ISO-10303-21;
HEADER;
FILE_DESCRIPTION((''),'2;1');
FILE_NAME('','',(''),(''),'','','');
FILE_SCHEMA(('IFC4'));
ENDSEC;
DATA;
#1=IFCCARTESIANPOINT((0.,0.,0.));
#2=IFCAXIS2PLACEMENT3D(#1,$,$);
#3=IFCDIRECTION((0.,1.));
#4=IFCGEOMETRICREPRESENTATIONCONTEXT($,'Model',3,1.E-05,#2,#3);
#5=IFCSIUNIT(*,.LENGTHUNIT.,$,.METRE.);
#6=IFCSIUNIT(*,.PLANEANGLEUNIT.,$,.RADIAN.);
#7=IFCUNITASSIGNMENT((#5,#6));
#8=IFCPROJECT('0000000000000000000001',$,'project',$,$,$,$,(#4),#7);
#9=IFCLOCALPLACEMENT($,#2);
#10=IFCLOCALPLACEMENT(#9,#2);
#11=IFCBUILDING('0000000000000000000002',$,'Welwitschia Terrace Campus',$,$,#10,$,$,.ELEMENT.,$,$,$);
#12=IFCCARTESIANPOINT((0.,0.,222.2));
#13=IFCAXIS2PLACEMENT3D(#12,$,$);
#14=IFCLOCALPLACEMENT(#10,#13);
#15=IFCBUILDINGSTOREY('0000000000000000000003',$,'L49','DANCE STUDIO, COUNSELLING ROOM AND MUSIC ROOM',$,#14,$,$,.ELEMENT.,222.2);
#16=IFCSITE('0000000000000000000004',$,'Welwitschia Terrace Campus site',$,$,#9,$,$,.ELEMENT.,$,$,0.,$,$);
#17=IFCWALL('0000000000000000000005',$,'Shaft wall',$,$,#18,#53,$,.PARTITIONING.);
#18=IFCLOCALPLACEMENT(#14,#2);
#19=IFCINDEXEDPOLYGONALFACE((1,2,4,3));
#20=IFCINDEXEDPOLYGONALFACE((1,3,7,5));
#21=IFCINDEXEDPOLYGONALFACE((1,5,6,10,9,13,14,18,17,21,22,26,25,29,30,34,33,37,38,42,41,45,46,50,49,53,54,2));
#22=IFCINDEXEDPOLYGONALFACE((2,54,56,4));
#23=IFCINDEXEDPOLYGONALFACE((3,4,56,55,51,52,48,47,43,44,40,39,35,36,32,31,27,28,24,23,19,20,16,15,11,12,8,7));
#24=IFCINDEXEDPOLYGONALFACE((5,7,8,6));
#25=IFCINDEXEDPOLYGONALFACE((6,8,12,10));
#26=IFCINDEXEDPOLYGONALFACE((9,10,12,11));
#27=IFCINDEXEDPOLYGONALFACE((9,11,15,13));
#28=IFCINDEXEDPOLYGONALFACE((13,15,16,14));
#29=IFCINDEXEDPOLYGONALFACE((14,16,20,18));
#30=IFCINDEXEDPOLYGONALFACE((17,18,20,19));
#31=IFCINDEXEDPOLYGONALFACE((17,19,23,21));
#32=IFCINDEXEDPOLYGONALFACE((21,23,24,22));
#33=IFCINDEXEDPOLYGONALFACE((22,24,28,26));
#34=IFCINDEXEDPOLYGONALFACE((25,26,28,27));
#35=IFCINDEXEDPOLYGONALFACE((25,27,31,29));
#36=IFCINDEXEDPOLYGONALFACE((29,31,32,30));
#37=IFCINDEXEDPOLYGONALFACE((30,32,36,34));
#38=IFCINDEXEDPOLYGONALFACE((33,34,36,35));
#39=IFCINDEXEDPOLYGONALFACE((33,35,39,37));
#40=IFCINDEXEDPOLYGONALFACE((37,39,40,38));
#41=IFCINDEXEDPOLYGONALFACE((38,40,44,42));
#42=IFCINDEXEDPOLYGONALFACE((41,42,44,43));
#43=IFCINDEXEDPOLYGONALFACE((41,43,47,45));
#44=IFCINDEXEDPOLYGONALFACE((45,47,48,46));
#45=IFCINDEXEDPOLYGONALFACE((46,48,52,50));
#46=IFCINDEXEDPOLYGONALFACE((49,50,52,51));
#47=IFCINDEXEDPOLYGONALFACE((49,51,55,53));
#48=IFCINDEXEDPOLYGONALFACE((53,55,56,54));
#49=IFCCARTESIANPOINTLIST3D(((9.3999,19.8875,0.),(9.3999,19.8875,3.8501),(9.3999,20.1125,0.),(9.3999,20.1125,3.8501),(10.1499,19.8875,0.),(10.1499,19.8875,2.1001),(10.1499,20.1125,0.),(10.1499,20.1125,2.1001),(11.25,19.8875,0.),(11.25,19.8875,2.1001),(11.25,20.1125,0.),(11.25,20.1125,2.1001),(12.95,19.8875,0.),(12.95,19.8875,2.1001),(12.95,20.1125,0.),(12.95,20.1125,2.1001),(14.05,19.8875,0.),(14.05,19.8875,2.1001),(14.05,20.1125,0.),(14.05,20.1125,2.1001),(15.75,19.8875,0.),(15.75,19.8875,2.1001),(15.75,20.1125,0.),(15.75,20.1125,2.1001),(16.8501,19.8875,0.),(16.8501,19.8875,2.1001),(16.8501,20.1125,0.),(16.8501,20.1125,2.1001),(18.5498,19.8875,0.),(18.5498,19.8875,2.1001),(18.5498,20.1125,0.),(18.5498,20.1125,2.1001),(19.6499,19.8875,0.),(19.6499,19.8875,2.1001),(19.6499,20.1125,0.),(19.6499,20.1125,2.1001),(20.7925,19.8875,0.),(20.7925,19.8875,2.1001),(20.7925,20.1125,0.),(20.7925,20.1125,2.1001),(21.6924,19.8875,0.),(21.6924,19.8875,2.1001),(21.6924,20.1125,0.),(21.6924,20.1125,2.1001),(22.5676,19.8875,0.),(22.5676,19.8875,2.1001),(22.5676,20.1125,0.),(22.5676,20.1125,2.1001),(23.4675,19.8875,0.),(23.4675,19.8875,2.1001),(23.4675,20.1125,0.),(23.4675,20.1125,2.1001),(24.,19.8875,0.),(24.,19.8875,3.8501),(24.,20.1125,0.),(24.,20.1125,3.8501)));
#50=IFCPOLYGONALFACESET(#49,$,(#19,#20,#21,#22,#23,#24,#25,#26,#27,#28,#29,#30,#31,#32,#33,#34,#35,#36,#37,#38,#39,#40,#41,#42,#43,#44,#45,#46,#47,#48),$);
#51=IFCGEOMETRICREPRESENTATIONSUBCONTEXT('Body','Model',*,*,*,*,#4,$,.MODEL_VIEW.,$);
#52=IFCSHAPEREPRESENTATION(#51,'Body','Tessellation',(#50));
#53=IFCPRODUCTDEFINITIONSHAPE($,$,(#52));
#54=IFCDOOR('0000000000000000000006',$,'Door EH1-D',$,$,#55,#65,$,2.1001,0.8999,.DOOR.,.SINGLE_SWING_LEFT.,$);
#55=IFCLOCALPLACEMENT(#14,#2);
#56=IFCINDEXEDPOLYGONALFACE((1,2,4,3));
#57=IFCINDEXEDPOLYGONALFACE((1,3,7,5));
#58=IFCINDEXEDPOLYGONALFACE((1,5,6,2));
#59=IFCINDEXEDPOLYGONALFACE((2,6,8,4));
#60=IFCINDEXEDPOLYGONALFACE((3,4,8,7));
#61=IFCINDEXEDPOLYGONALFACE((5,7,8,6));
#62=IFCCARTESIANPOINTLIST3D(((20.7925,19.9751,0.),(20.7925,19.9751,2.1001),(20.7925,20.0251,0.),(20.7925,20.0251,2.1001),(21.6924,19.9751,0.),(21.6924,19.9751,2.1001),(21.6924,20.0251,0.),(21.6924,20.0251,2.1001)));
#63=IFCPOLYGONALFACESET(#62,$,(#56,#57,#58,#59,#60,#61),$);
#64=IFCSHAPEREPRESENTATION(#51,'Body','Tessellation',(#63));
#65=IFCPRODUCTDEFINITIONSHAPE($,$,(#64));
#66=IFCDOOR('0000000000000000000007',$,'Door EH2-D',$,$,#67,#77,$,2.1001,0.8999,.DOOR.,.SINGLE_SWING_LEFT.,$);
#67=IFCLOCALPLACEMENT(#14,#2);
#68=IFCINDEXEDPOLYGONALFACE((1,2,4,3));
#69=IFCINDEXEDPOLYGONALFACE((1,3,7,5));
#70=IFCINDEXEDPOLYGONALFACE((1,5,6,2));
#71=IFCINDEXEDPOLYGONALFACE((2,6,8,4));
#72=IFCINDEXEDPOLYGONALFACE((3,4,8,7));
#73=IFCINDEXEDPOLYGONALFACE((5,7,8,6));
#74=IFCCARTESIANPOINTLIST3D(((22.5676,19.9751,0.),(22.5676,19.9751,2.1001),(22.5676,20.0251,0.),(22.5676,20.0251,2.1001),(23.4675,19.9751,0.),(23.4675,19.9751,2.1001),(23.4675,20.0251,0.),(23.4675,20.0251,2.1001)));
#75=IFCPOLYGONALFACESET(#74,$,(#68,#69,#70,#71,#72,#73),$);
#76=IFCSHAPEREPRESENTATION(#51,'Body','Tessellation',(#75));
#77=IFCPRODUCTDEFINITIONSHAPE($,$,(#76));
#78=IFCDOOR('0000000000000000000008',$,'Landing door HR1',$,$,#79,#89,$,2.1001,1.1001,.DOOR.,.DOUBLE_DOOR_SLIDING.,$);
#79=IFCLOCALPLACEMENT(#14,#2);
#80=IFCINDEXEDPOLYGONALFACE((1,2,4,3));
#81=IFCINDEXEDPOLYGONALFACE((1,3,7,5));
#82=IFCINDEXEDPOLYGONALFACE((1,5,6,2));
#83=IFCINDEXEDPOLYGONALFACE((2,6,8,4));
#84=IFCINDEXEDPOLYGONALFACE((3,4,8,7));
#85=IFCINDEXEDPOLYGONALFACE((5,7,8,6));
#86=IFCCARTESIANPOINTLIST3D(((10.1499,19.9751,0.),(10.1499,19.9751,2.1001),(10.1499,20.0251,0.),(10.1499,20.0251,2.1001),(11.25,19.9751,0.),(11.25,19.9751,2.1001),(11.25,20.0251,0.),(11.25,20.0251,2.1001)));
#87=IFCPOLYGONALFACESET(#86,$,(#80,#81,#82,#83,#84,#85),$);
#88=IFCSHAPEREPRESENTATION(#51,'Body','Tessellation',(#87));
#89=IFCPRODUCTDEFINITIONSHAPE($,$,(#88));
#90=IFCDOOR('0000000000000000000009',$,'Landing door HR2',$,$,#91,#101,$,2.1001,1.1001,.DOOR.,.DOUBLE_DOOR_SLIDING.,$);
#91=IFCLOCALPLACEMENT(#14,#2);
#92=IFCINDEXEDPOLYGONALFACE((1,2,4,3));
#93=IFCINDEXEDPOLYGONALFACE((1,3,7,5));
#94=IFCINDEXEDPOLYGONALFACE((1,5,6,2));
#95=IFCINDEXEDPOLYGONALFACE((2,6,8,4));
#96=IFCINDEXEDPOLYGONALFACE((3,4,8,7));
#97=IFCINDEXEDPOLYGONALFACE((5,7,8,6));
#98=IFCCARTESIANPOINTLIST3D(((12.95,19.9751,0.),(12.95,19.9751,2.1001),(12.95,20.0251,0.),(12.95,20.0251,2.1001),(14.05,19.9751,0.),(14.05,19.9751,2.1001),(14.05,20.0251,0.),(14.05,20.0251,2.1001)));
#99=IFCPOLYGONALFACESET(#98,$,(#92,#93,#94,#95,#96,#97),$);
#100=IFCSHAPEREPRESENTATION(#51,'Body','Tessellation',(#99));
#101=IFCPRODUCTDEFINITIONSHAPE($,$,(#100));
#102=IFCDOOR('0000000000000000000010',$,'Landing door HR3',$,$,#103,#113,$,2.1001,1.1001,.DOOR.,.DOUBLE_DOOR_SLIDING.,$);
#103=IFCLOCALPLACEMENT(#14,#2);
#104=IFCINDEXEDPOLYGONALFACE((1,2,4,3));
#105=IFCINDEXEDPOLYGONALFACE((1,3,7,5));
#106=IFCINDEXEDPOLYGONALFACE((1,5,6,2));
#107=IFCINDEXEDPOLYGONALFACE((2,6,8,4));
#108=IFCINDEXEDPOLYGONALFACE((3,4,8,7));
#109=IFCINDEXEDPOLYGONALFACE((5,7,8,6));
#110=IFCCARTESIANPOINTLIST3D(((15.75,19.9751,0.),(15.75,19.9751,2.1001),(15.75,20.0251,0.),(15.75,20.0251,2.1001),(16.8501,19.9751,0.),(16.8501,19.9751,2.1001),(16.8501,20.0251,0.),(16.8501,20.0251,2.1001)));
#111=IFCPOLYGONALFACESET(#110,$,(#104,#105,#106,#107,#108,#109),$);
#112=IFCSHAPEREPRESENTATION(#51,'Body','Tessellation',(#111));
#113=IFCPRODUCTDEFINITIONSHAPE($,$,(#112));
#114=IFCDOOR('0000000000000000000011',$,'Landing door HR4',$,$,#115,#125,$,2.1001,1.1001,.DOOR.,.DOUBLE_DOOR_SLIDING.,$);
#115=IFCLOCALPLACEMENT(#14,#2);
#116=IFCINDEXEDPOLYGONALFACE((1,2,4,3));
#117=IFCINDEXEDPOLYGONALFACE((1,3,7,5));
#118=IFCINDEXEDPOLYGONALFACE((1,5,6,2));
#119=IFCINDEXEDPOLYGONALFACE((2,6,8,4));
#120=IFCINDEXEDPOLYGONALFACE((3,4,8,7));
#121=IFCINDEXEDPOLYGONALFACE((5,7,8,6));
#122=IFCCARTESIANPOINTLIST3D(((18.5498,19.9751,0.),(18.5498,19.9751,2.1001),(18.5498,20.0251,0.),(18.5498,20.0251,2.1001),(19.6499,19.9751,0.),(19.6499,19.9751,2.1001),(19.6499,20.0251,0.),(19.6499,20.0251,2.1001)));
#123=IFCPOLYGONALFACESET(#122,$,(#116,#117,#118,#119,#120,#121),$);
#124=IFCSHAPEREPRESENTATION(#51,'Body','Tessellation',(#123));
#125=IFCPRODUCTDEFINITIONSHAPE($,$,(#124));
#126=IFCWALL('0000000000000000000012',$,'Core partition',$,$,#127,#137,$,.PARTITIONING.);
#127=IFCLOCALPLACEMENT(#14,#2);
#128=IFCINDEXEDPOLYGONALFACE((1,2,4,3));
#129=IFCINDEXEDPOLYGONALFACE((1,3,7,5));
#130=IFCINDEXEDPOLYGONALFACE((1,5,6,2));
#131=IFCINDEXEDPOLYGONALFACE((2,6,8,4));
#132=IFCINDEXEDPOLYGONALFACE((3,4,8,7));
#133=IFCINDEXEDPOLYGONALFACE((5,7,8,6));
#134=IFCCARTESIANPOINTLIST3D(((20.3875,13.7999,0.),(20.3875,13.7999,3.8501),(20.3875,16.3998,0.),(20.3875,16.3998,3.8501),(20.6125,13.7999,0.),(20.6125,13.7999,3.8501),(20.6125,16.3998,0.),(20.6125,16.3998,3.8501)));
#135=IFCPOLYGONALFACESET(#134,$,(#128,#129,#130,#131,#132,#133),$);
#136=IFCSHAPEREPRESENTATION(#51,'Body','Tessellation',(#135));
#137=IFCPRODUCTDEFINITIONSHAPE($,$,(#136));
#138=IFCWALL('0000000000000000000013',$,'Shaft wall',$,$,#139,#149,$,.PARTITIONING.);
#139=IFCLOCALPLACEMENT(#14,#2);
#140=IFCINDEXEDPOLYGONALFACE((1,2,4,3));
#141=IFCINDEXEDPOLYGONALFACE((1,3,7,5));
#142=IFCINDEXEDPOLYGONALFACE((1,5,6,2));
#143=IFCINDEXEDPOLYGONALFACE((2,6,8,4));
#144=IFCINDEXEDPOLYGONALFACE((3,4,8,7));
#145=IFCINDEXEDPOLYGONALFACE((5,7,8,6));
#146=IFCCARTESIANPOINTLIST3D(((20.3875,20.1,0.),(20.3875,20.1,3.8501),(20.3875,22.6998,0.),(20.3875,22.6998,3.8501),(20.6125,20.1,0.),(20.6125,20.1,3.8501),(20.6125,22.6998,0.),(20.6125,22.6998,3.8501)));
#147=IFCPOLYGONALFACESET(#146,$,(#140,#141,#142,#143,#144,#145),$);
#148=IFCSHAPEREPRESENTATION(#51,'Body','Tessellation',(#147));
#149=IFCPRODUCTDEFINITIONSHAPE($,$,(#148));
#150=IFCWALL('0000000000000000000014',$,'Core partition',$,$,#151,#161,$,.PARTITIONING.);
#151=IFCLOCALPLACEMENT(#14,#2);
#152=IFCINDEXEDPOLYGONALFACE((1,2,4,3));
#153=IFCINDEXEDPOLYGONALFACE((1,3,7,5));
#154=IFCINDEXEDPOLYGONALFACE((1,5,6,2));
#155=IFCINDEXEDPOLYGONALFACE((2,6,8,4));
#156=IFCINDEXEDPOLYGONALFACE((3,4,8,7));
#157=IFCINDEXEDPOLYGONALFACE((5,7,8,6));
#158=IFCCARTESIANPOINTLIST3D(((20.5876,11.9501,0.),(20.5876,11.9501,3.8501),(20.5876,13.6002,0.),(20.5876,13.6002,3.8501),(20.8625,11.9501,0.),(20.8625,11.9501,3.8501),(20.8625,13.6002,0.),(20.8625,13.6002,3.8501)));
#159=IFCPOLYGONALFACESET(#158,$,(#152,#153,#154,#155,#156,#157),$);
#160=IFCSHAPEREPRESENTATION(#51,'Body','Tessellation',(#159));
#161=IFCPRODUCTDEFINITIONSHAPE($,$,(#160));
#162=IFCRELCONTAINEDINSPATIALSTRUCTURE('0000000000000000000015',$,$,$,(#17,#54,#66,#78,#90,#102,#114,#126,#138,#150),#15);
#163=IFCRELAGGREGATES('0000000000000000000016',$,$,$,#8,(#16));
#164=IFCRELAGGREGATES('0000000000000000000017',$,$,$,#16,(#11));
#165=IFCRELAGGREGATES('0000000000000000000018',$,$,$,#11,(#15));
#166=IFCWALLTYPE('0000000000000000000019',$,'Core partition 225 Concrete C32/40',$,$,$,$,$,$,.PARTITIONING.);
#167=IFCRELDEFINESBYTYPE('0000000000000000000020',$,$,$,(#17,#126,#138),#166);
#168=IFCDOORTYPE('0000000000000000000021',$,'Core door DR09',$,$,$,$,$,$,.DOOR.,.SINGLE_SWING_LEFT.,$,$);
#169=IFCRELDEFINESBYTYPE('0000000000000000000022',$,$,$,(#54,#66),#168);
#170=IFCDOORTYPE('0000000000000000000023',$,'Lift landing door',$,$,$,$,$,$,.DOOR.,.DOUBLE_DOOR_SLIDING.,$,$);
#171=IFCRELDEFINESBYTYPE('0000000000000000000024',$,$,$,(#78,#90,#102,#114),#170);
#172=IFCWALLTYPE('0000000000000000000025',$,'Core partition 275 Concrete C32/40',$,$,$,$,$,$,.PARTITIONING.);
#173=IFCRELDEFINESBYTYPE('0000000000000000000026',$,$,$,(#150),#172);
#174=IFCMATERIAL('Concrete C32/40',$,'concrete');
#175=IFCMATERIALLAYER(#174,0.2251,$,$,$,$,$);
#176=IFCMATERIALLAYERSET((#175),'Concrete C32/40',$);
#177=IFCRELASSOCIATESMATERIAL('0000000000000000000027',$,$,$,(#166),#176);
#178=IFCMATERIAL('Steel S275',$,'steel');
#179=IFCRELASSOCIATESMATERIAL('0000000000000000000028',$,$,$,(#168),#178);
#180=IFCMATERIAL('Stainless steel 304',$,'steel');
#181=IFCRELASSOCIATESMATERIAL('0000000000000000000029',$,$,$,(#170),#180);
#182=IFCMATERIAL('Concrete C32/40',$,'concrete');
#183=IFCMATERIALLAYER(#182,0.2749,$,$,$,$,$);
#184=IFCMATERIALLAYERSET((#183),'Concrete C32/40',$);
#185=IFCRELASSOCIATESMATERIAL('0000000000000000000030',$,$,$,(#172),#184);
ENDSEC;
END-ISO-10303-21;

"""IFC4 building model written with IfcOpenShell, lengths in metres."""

from ifc_helpers import new_model, si_unit, direction, frame, frame_2d, origin, place, context, subcontext, project, spatial, rectangle, extrude, material, layer, layer_set, type_object, element, fill, save


model = new_model("IFC4")

# Units and contexts
model_context = context("Model", 3, precision=1e-05, world=origin(), true_north=direction((0.0, 1.0)))
body_context = subcontext(model_context, "Body", "Model", "MODEL_VIEW")
ifc_project = project(units=[si_unit("LENGTHUNIT", "METRE"), si_unit("PLANEANGLEUNIT", "RADIAN")], contexts=[model_context])

# Site, building, storey
site_placement = place(None, origin())
site = spatial("IfcSite", under=ifc_project, at=site_placement, Name="Welwitschia Terrace Campus site", CompositionType="ELEMENT", RefElevation=0.0)
building_placement = place(site_placement, origin())
building = spatial("IfcBuilding", under=site, at=building_placement, Name="Welwitschia Terrace Campus", CompositionType="ELEMENT")
storey_placement = place(building_placement, frame((0.0, 0.0, 222.2)))
storey = spatial("IfcBuildingStorey", under=building, at=storey_placement, Name="L49", Description="DANCE STUDIO, COUNSELLING ROOM AND MUSIC ROOM", CompositionType="ELEMENT", Elevation=222.2)

# Shared definitions
ifc_material_1 = material(Name="Concrete C32/40", Category="concrete")
ifc_layer_1 = layer(ifc_material_1, 0.2251)
ifc_layer_set_1 = layer_set([ifc_layer_1], Name="Concrete C32/40")
wall_type_1 = type_object("IfcWallType", Name="Core partition 225 Concrete C32/40", PredefinedType="PARTITIONING", material=ifc_layer_set_1)

# Wall, openings, doors
wall_1_placement = place(storey_placement, frame((24.0, 20.0, 0.0), z_axis=(0.0, 0.0, 1.0), x_axis=(-1.0, 0.0, 0.0)))
wall_1 = element("IfcWall", 1, at=wall_1_placement, inside=storey, type_object=wall_type_1, Name="Shaft wall", PredefinedType="PARTITIONING", context=body_context, shape_type="SweptSolid", body=[
    extrude(rectangle(XDim=14.6001, YDim=0.2251, at=frame_2d((7.3, 0.0))), origin(), (0.0, 0.0, 1.0), 3.8501),
])
opening_1_placement = place(wall_1_placement, frame((12.75, 0.0, 0.0)))
opening_1 = element("IfcOpeningElement", 2, at=opening_1_placement, cuts=wall_1, PredefinedType="OPENING", context=body_context, shape_type="SweptSolid", body=[
    extrude(rectangle(XDim=1.1001, YDim=2.1001, at=frame_2d((0.55, 1.05))), frame((0.0, 0.1226, 0.0), z_axis=(0.0, -1.0, 0.0), x_axis=(1.0, 0.0, 0.0)), (0.0, 0.0, 1.0), 0.2451),
])
opening_2_placement = place(wall_1_placement, frame((9.95, 0.0, 0.0)))
opening_2 = element("IfcOpeningElement", 3, at=opening_2_placement, cuts=wall_1, PredefinedType="OPENING", context=body_context, shape_type="SweptSolid", body=[
    extrude(rectangle(XDim=1.1001, YDim=2.1001, at=frame_2d((0.55, 1.05))), frame((0.0, 0.1226, 0.0), z_axis=(0.0, -1.0, 0.0), x_axis=(1.0, 0.0, 0.0)), (0.0, 0.0, 1.0), 0.2451),
])
opening_3_placement = place(wall_1_placement, frame((7.1499, 0.0, 0.0)))
opening_3 = element("IfcOpeningElement", 4, at=opening_3_placement, cuts=wall_1, PredefinedType="OPENING", context=body_context, shape_type="SweptSolid", body=[
    extrude(rectangle(XDim=1.1001, YDim=2.1001, at=frame_2d((0.55, 1.05))), frame((0.0, 0.1226, 0.0), z_axis=(0.0, -1.0, 0.0), x_axis=(1.0, 0.0, 0.0)), (0.0, 0.0, 1.0), 0.2451),
])
opening_4_placement = place(wall_1_placement, frame((4.3501, 0.0, 0.0)))
opening_4 = element("IfcOpeningElement", 5, at=opening_4_placement, cuts=wall_1, PredefinedType="OPENING", context=body_context, shape_type="SweptSolid", body=[
    extrude(rectangle(XDim=1.1001, YDim=2.1001, at=frame_2d((0.55, 1.05))), frame((0.0, 0.1226, 0.0), z_axis=(0.0, -1.0, 0.0), x_axis=(1.0, 0.0, 0.0)), (0.0, 0.0, 1.0), 0.2451),
])
opening_5_placement = place(wall_1_placement, frame((2.3076, 0.0, 0.0)))
opening_5 = element("IfcOpeningElement", 6, at=opening_5_placement, cuts=wall_1, PredefinedType="OPENING", context=body_context, shape_type="SweptSolid", body=[
    extrude(rectangle(XDim=0.8999, YDim=2.1001, at=frame_2d((0.45, 1.05))), frame((0.0, 0.1226, 0.0), z_axis=(0.0, -1.0, 0.0), x_axis=(1.0, 0.0, 0.0)), (0.0, 0.0, 1.0), 0.2451),
])
opening_6_placement = place(wall_1_placement, frame((0.5325, 0.0, 0.0)))
opening_6 = element("IfcOpeningElement", 7, at=opening_6_placement, cuts=wall_1, PredefinedType="OPENING", context=body_context, shape_type="SweptSolid", body=[
    extrude(rectangle(XDim=0.8999, YDim=2.1001, at=frame_2d((0.45, 1.05))), frame((0.0, 0.1226, 0.0), z_axis=(0.0, -1.0, 0.0), x_axis=(1.0, 0.0, 0.0)), (0.0, 0.0, 1.0), 0.2451),
])
ifc_material_2 = material(Name="Steel S275", Category="steel")
door_type_1 = type_object("IfcDoorType", Name="Core door DR09", OperationType="SINGLE_SWING_LEFT", PredefinedType="DOOR", material=ifc_material_2)
door_1_placement = place(opening_5_placement, origin())
door_1 = element("IfcDoor", 8, at=door_1_placement, inside=storey, type_object=door_type_1, Name="Door EH1-D", OperationType="SINGLE_SWING_LEFT", OverallHeight=2.1001, OverallWidth=0.8999, PredefinedType="DOOR", context=body_context, shape_type="SweptSolid", body=[
    extrude(rectangle(XDim=0.8999, YDim=2.1001, at=frame_2d((0.45, 1.05))), frame((0.0, 0.0249, 0.0), z_axis=(0.0, -1.0, 0.0), x_axis=(1.0, 0.0, 0.0)), (0.0, 0.0, 1.0), 0.05),
])
fill(opening_5, door_1)
door_2_placement = place(opening_6_placement, origin())
door_2 = element("IfcDoor", 9, at=door_2_placement, inside=storey, type_object=door_type_1, Name="Door EH2-D", OperationType="SINGLE_SWING_LEFT", OverallHeight=2.1001, OverallWidth=0.8999, PredefinedType="DOOR", context=body_context, shape_type="SweptSolid", body=[
    extrude(rectangle(XDim=0.8999, YDim=2.1001, at=frame_2d((0.45, 1.05))), frame((0.0, 0.0249, 0.0), z_axis=(0.0, -1.0, 0.0), x_axis=(1.0, 0.0, 0.0)), (0.0, 0.0, 1.0), 0.05),
])
fill(opening_6, door_2)
ifc_material_3 = material(Name="Stainless steel 304", Category="steel")
door_type_2 = type_object("IfcDoorType", Name="Lift landing door", OperationType="DOUBLE_DOOR_SLIDING", PredefinedType="DOOR", material=ifc_material_3)
door_3_placement = place(opening_1_placement, origin())
door_3 = element("IfcDoor", 10, at=door_3_placement, inside=storey, type_object=door_type_2, Name="Landing door HR1", OperationType="DOUBLE_DOOR_SLIDING", OverallHeight=2.1001, OverallWidth=1.1001, PredefinedType="DOOR", context=body_context, shape_type="SweptSolid", body=[
    extrude(rectangle(XDim=1.1001, YDim=2.1001, at=frame_2d((0.55, 1.05))), frame((0.0, 0.0249, 0.0), z_axis=(0.0, -1.0, 0.0), x_axis=(1.0, 0.0, 0.0)), (0.0, 0.0, 1.0), 0.05),
])
fill(opening_1, door_3)
door_4_placement = place(opening_2_placement, origin())
door_4 = element("IfcDoor", 11, at=door_4_placement, inside=storey, type_object=door_type_2, Name="Landing door HR2", OperationType="DOUBLE_DOOR_SLIDING", OverallHeight=2.1001, OverallWidth=1.1001, PredefinedType="DOOR", context=body_context, shape_type="SweptSolid", body=[
    extrude(rectangle(XDim=1.1001, YDim=2.1001, at=frame_2d((0.55, 1.05))), frame((0.0, 0.0249, 0.0), z_axis=(0.0, -1.0, 0.0), x_axis=(1.0, 0.0, 0.0)), (0.0, 0.0, 1.0), 0.05),
])
fill(opening_2, door_4)
door_5_placement = place(opening_3_placement, origin())
door_5 = element("IfcDoor", 12, at=door_5_placement, inside=storey, type_object=door_type_2, Name="Landing door HR3", OperationType="DOUBLE_DOOR_SLIDING", OverallHeight=2.1001, OverallWidth=1.1001, PredefinedType="DOOR", context=body_context, shape_type="SweptSolid", body=[
    extrude(rectangle(XDim=1.1001, YDim=2.1001, at=frame_2d((0.55, 1.05))), frame((0.0, 0.0249, 0.0), z_axis=(0.0, -1.0, 0.0), x_axis=(1.0, 0.0, 0.0)), (0.0, 0.0, 1.0), 0.05),
])
fill(opening_3, door_5)
door_6_placement = place(opening_4_placement, origin())
door_6 = element("IfcDoor", 13, at=door_6_placement, inside=storey, type_object=door_type_2, Name="Landing door HR4", OperationType="DOUBLE_DOOR_SLIDING", OverallHeight=2.1001, OverallWidth=1.1001, PredefinedType="DOOR", context=body_context, shape_type="SweptSolid", body=[
    extrude(rectangle(XDim=1.1001, YDim=2.1001, at=frame_2d((0.55, 1.05))), frame((0.0, 0.0249, 0.0), z_axis=(0.0, -1.0, 0.0), x_axis=(1.0, 0.0, 0.0)), (0.0, 0.0, 1.0), 0.05),
])
fill(opening_4, door_6)

# Walls
for number, where, z_axis, x_axis, name in (
    (14, (20.5, 13.8, 0.0), (0.0, 0.0, 1.0), (0.0, 1.0, 0.0), "Core partition"),
    (15, (20.5, 20.1001, 0.0), (0.0, 0.0, 1.0), (0.0, 1.0, 0.0), "Shaft wall"),
):
    element("IfcWall", number, at=place(storey_placement, frame(where, z_axis=z_axis, x_axis=x_axis)), inside=storey, type_object=wall_type_1, Name=name, PredefinedType="PARTITIONING", context=body_context, shape_type="SweptSolid", body=[
        extrude(rectangle(XDim=2.5999, YDim=0.2251, at=frame_2d((1.2998, 0.0))), origin(), (0.0, 0.0, 1.0), 3.8501),
    ])
ifc_material_4 = material(Name="Concrete C32/40", Category="concrete")
ifc_layer_2 = layer(ifc_material_4, 0.2749)
ifc_layer_set_2 = layer_set([ifc_layer_2], Name="Concrete C32/40")
wall_type_2 = type_object("IfcWallType", Name="Core partition 275 Concrete C32/40", PredefinedType="PARTITIONING", material=ifc_layer_set_2)
wall_2_placement = place(storey_placement, frame((20.7251, 11.95, 0.0), z_axis=(0.0, 0.0, 1.0), x_axis=(0.0, 1.0, 0.0)))
element("IfcWall", 16, at=wall_2_placement, inside=storey, type_object=wall_type_2, Name="Core partition", PredefinedType="PARTITIONING", context=body_context, shape_type="SweptSolid", body=[
    extrude(rectangle(XDim=1.6501, YDim=0.2749, at=frame_2d((0.8252, 0.0))), origin(), (0.0, 0.0, 1.0), 3.8501),
])

save(model, "model.ifc")
